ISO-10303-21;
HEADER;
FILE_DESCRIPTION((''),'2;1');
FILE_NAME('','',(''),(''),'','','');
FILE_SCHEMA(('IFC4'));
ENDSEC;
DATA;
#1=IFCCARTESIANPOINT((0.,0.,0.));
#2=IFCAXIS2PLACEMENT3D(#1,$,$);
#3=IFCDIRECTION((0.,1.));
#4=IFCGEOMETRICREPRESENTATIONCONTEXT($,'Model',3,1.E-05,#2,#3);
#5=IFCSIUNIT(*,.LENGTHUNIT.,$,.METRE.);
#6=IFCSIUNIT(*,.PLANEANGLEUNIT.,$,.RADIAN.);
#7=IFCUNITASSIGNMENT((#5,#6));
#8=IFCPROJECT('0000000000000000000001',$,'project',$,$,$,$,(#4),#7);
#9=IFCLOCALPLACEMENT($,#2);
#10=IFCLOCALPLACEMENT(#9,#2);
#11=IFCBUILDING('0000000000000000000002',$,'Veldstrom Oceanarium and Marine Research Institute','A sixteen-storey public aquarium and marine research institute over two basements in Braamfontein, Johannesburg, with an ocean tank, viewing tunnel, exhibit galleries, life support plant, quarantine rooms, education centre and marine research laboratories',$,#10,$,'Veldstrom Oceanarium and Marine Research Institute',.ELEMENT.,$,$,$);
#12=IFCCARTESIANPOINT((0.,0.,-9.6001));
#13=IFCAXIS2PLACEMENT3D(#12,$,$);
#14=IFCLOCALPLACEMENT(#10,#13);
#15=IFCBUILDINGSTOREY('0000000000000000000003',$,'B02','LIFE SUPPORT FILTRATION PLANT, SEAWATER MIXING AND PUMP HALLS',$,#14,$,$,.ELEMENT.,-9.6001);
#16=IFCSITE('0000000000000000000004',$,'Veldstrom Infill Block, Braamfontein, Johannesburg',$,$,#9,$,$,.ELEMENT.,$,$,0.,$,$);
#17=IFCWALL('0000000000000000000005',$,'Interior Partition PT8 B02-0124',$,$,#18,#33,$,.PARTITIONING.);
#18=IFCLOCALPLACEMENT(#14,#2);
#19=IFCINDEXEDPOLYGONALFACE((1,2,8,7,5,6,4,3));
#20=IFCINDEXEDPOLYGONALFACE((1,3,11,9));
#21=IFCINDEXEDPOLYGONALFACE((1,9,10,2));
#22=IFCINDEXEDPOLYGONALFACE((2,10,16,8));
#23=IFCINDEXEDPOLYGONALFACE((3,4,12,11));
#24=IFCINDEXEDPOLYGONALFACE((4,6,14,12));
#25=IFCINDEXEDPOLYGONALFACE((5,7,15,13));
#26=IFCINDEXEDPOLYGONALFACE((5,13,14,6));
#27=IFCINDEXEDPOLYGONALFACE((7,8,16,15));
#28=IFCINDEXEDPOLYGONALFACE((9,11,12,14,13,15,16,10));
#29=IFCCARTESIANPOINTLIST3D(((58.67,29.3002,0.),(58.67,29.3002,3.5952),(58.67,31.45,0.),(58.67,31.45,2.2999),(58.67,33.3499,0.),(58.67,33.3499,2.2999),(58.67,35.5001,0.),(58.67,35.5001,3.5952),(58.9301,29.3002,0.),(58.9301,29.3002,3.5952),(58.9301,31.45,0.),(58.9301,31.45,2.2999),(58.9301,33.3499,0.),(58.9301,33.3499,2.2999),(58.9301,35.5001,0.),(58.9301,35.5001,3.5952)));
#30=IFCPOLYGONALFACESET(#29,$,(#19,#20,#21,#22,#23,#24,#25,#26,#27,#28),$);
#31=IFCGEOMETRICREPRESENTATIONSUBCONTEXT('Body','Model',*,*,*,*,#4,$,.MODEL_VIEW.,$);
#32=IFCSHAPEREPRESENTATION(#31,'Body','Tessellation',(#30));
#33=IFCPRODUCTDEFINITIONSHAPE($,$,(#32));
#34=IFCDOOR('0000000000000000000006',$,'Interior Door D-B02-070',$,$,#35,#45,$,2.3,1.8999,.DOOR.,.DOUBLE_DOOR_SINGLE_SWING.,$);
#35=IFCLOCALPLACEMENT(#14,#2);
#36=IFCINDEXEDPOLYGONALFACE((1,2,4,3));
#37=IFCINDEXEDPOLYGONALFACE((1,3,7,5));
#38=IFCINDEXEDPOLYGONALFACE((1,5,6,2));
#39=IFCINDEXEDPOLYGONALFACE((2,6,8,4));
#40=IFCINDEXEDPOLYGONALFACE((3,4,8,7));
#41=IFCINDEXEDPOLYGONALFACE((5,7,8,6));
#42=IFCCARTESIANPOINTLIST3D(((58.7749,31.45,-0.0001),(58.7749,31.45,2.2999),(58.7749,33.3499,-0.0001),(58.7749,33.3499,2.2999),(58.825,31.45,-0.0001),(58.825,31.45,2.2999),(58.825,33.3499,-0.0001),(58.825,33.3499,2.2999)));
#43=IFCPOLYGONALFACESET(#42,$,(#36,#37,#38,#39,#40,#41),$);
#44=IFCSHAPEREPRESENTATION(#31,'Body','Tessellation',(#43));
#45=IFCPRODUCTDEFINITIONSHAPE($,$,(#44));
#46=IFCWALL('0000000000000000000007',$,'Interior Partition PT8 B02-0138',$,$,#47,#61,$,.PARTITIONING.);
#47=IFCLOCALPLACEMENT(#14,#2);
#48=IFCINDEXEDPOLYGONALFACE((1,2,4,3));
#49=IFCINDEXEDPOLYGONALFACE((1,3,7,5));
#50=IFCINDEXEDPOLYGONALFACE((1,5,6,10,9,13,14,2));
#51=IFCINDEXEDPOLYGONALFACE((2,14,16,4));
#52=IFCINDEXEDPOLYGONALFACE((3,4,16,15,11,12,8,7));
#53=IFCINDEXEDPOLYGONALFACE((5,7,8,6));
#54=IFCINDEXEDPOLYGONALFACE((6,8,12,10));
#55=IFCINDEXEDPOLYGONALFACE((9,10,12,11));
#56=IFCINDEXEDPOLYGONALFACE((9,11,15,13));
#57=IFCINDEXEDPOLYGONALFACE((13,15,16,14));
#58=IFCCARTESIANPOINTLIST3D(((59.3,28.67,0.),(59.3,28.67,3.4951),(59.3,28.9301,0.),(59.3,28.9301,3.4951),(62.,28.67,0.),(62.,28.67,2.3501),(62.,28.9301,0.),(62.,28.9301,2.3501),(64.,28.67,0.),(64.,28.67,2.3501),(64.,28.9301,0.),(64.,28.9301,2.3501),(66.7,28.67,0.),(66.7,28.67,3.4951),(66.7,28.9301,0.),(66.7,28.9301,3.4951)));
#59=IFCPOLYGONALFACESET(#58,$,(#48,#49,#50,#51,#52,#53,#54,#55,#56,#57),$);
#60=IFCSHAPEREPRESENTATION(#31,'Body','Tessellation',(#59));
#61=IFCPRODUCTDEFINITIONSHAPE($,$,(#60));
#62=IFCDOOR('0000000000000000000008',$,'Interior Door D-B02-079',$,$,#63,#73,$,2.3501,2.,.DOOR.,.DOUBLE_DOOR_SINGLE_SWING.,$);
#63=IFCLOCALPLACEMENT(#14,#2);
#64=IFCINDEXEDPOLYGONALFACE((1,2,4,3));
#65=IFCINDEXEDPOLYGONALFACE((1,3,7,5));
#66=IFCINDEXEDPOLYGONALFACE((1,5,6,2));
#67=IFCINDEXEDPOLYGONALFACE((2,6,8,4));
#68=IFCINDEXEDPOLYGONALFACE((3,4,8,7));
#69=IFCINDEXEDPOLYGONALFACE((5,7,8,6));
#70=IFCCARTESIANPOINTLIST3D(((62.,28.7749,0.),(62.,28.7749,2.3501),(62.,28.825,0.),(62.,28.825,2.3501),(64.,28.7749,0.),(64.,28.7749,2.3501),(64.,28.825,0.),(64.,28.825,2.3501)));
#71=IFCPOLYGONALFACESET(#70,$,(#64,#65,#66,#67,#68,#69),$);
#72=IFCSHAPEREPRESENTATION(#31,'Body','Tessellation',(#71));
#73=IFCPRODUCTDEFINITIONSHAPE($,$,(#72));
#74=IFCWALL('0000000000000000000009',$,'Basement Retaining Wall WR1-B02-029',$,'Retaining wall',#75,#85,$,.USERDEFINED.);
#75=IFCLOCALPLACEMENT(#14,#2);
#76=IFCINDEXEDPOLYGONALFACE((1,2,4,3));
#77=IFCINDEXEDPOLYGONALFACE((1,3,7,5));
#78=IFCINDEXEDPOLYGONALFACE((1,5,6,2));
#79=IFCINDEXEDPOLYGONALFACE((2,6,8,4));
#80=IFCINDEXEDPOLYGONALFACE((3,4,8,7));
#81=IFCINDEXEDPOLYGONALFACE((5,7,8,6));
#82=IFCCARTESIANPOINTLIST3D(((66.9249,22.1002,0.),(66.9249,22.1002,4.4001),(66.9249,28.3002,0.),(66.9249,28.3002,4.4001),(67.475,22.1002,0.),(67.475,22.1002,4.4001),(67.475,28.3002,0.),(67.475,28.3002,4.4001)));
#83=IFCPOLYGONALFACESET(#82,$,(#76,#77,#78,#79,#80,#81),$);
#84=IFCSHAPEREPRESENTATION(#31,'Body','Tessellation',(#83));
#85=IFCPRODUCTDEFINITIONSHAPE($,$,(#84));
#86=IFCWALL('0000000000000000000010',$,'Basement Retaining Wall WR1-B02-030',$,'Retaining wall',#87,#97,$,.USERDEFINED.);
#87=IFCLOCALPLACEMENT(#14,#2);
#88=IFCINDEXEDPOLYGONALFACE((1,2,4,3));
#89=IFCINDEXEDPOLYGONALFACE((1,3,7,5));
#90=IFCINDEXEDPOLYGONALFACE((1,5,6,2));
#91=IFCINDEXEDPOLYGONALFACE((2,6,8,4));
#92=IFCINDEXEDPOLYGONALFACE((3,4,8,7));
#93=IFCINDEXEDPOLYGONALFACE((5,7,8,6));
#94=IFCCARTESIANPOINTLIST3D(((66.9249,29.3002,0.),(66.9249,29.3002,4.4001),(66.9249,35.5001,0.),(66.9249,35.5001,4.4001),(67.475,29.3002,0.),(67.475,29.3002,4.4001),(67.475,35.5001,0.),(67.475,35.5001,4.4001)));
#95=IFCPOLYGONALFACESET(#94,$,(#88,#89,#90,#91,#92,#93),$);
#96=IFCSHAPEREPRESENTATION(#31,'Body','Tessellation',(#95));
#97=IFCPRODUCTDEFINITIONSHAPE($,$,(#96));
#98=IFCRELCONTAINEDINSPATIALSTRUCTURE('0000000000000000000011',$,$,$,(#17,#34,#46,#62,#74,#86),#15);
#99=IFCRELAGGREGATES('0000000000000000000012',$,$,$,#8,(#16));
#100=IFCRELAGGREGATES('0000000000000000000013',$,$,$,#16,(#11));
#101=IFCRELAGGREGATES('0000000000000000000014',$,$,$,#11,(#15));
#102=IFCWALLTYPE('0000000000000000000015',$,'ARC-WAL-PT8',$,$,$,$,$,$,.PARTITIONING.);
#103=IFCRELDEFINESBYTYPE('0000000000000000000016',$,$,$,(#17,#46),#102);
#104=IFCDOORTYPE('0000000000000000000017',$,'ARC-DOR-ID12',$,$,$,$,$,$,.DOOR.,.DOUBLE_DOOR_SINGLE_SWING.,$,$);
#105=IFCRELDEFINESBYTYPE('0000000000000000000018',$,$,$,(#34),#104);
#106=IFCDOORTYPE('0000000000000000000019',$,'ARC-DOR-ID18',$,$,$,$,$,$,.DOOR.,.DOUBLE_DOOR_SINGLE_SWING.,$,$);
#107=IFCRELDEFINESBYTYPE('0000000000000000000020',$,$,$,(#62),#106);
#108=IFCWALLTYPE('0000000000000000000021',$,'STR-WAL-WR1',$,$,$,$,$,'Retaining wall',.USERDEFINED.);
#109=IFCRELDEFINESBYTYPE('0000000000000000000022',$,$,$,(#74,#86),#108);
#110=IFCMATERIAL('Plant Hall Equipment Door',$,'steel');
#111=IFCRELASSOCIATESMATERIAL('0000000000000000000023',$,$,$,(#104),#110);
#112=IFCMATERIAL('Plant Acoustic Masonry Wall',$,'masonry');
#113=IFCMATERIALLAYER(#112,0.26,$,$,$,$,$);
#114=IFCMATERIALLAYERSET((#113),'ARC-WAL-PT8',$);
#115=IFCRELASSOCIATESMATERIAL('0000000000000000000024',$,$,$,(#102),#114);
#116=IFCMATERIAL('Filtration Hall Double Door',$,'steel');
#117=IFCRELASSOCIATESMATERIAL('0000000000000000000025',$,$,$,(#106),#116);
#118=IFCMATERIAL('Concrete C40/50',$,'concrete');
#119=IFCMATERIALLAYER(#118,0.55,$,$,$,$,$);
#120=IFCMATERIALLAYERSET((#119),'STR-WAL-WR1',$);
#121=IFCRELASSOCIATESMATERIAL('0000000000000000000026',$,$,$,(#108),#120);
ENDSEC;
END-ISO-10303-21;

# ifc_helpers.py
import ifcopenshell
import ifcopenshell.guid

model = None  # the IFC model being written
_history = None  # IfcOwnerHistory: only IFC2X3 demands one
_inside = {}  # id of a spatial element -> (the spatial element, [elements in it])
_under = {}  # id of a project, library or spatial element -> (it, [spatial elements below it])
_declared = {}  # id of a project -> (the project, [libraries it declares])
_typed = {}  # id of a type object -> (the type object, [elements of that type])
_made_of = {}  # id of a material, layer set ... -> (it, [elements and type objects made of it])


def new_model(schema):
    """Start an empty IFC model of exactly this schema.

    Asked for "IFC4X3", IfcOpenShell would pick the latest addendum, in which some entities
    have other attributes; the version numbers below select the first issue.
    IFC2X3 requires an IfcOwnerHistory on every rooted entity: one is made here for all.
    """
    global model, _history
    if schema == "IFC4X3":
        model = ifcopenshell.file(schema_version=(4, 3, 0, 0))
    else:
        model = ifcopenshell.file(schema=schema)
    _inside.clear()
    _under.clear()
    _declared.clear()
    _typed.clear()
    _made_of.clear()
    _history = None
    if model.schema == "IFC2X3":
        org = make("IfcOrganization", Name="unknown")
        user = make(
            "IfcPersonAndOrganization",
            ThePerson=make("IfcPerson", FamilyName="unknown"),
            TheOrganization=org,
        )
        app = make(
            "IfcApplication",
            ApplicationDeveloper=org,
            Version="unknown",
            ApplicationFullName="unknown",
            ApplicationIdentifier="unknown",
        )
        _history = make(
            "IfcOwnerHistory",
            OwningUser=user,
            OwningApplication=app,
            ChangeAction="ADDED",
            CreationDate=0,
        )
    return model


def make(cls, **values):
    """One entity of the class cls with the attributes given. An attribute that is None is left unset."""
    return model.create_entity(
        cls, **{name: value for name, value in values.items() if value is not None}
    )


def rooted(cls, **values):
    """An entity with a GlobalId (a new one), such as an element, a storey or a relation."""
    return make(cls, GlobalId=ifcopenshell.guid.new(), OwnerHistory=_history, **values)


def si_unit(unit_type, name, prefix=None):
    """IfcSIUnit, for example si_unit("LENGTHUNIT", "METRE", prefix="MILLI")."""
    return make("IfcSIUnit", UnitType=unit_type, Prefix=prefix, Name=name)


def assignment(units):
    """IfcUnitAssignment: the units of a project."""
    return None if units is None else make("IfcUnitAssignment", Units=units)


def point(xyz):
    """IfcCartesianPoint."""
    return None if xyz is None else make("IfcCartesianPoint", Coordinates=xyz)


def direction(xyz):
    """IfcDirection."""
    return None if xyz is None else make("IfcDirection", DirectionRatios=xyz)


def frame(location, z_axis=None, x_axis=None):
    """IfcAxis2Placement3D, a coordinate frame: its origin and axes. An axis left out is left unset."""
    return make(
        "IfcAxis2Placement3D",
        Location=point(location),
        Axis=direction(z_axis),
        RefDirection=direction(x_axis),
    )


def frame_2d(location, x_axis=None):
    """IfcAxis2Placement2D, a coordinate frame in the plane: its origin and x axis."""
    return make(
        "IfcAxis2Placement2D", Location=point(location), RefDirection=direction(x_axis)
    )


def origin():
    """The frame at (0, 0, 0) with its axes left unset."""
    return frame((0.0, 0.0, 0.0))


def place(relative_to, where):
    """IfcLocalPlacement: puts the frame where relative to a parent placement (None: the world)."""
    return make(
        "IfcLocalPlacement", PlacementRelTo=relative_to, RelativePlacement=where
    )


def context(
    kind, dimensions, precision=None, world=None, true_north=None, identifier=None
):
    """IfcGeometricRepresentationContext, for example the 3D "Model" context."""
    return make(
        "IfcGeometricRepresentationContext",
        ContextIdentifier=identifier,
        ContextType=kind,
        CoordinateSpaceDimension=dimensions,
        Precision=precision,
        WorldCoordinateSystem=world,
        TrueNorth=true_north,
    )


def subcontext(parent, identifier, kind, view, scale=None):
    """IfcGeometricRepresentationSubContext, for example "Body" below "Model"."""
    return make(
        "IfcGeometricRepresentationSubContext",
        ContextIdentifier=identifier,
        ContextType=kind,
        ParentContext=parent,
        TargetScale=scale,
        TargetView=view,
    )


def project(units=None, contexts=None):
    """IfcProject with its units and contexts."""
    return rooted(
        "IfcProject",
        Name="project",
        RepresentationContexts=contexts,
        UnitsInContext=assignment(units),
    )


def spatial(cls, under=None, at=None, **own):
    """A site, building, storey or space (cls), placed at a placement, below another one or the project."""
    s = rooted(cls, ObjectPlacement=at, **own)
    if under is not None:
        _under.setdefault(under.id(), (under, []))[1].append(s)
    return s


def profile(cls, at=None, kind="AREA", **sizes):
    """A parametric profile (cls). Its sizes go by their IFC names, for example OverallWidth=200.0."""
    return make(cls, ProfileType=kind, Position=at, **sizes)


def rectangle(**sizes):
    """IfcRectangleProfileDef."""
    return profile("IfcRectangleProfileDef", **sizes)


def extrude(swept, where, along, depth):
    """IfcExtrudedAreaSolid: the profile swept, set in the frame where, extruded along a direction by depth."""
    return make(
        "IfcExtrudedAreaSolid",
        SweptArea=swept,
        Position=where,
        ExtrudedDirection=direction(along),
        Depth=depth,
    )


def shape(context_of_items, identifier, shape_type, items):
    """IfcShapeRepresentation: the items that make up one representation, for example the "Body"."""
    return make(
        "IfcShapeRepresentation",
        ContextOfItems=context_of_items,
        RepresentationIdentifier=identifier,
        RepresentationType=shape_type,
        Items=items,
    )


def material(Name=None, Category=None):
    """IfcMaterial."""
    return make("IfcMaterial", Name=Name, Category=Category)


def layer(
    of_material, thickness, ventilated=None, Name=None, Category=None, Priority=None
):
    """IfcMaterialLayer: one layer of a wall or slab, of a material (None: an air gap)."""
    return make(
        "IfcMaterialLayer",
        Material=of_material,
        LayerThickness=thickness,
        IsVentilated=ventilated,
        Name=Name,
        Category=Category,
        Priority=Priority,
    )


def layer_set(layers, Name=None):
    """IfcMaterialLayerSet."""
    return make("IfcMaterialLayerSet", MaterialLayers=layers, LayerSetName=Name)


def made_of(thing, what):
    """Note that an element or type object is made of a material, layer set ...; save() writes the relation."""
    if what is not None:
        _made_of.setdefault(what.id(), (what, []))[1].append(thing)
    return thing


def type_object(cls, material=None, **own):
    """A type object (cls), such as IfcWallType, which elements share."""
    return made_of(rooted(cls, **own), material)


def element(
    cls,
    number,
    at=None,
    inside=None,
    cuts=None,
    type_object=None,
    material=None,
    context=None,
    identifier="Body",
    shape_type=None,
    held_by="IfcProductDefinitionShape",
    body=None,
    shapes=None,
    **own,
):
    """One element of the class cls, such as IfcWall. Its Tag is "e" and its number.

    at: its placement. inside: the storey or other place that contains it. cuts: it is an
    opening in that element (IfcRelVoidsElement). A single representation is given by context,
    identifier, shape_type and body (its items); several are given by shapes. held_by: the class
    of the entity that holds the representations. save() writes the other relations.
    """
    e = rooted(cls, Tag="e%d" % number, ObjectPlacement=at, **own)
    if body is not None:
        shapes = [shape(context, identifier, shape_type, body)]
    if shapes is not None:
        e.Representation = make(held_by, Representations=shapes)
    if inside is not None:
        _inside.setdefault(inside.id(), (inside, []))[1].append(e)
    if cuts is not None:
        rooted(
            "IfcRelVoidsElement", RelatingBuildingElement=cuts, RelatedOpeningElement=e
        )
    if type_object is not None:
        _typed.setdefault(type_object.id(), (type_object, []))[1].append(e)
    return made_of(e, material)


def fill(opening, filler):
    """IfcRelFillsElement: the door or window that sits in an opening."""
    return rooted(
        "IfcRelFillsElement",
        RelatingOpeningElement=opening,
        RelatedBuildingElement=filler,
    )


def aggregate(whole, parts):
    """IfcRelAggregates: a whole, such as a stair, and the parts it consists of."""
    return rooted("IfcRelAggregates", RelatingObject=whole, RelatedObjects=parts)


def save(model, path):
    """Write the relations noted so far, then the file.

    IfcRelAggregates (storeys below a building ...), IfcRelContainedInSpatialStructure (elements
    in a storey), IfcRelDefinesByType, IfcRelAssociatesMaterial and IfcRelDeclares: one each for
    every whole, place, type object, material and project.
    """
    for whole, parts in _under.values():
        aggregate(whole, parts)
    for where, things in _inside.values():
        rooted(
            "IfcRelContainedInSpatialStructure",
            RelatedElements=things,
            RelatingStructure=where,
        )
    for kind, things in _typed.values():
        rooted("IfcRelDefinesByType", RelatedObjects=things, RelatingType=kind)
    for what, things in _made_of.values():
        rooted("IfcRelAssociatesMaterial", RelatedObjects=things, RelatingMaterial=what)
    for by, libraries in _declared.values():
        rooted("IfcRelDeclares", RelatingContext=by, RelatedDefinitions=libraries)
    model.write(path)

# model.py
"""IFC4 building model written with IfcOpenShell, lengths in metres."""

from ifc_helpers import new_model, si_unit, direction, frame, frame_2d, origin, place, context, subcontext, project, spatial, rectangle, extrude, material, layer, layer_set, type_object, element, fill, save


model = new_model("IFC4")

# Units and contexts
model_context = context("Model", 3, precision=1e-05, world=origin(), true_north=direction((0.0, 1.0)))
body_context = subcontext(model_context, "Body", "Model", "MODEL_VIEW")
ifc_project = project(units=[si_unit("LENGTHUNIT", "METRE"), si_unit("PLANEANGLEUNIT", "RADIAN")], contexts=[model_context])

# Site, building, storey
site_placement = place(None, origin())
site = spatial("IfcSite", under=ifc_project, at=site_placement, Name="Veldstrom Infill Block, Braamfontein, Johannesburg", CompositionType="ELEMENT", RefElevation=0.0)
building_placement = place(site_placement, origin())
building = spatial("IfcBuilding", under=site, at=building_placement, Name="Veldstrom Oceanarium and Marine Research Institute", Description="A sixteen-storey public aquarium and marine research institute over two basements in Braamfontein, Johannesburg, with an ocean tank, viewing tunnel, exhibit galleries, life support plant, quarantine rooms, education centre and marine research laboratories", LongName="Veldstrom Oceanarium and Marine Research Institute", CompositionType="ELEMENT")
storey_placement = place(building_placement, frame((0.0, 0.0, -9.6001)))
storey = spatial("IfcBuildingStorey", under=building, at=storey_placement, Name="B02", Description="LIFE SUPPORT FILTRATION PLANT, SEAWATER MIXING AND PUMP HALLS", CompositionType="ELEMENT", Elevation=-9.6001)

# Walls, openings, doors
ifc_material_1 = material(Name="Plant Hall Equipment Door", Category="steel")
door_type_1 = type_object("IfcDoorType", Name="ARC-DOR-ID12", OperationType="DOUBLE_DOOR_SINGLE_SWING", PredefinedType="DOOR", material=ifc_material_1)
ifc_material_2 = material(Name="Plant Acoustic Masonry Wall", Category="masonry")
ifc_layer_1 = layer(ifc_material_2, 0.26)
ifc_layer_set_1 = layer_set([ifc_layer_1], Name="ARC-WAL-PT8")
wall_type_1 = type_object("IfcWallType", Name="ARC-WAL-PT8", PredefinedType="PARTITIONING", material=ifc_layer_set_1)
wall_1_placement = place(storey_placement, frame((58.8, 29.3, 0.0), z_axis=(0.0, 0.0, 1.0), x_axis=(0.0, 1.0, 0.0)))
wall_1 = element("IfcWall", 1, at=wall_1_placement, inside=storey, type_object=wall_type_1, Name="Interior Partition PT8 B02-0124", PredefinedType="PARTITIONING", context=body_context, shape_type="SweptSolid", body=[
    extrude(rectangle(XDim=6.2, YDim=0.26, at=frame_2d((3.1001, 0.0))), origin(), (0.0, 0.0, 1.0), 3.5952),
])
opening_1_placement = place(wall_1_placement, frame((2.1499, 0.0, 0.0)))
opening_1 = element("IfcOpeningElement", 2, at=opening_1_placement, cuts=wall_1, PredefinedType="OPENING", context=body_context, shape_type="SweptSolid", body=[
    extrude(rectangle(XDim=1.8999, YDim=2.3, at=frame_2d((0.95, 1.1499))), frame((0.0, 0.1399, 0.0), z_axis=(0.0, -1.0, 0.0), x_axis=(1.0, 0.0, 0.0)), (0.0, 0.0, 1.0), 0.28),
])
door_1_placement = place(opening_1_placement, frame((1.8999, 0.0, 0.0), z_axis=(0.0, 0.0, 1.0), x_axis=(-1.0, 0.0, 0.0)))
door_1 = element("IfcDoor", 3, at=door_1_placement, inside=storey, type_object=door_type_1, Name="Interior Door D-B02-070", OperationType="DOUBLE_DOOR_SINGLE_SWING", OverallHeight=2.3, OverallWidth=1.8999, PredefinedType="DOOR", context=body_context, shape_type="SweptSolid", body=[
    extrude(rectangle(XDim=1.8999, YDim=2.3, at=frame_2d((0.95, 1.1499))), frame((0.0, 0.0249, 0.0), z_axis=(0.0, -1.0, 0.0), x_axis=(1.0, 0.0, 0.0)), (0.0, 0.0, 1.0), 0.05),
])
fill(opening_1, door_1)
wall_2_placement = place(storey_placement, frame((59.3, 28.8, 0.0), z_axis=(0.0, 0.0, 1.0), x_axis=(1.0, 0.0, 0.0)))
wall_2 = element("IfcWall", 4, at=wall_2_placement, inside=storey, type_object=wall_type_1, Name="Interior Partition PT8 B02-0138", PredefinedType="PARTITIONING", context=body_context, shape_type="SweptSolid", body=[
    extrude(rectangle(XDim=7.3999, YDim=0.26, at=frame_2d((3.7, 0.0))), origin(), (0.0, 0.0, 1.0), 3.4951),
])
opening_2_placement = place(wall_2_placement, frame((2.7, 0.0, 0.0)))
opening_2 = element("IfcOpeningElement", 5, at=opening_2_placement, cuts=wall_2, PredefinedType="OPENING", context=body_context, shape_type="SweptSolid", body=[
    extrude(rectangle(XDim=2.0, YDim=2.3501, at=frame_2d((1.0, 1.175))), frame((0.0, 0.1399, 0.0), z_axis=(0.0, -1.0, 0.0), x_axis=(1.0, 0.0, 0.0)), (0.0, 0.0, 1.0), 0.28),
])
ifc_material_3 = material(Name="Filtration Hall Double Door", Category="steel")
door_type_2 = type_object("IfcDoorType", Name="ARC-DOR-ID18", OperationType="DOUBLE_DOOR_SINGLE_SWING", PredefinedType="DOOR", material=ifc_material_3)
door_2_placement = place(opening_2_placement, origin())
door_2 = element("IfcDoor", 6, at=door_2_placement, inside=storey, type_object=door_type_2, Name="Interior Door D-B02-079", OperationType="DOUBLE_DOOR_SINGLE_SWING", OverallHeight=2.3501, OverallWidth=2.0, PredefinedType="DOOR", context=body_context, shape_type="SweptSolid", body=[
    extrude(rectangle(XDim=2.0, YDim=2.3501, at=frame_2d((1.0, 1.175))), frame((0.0, 0.0249, 0.0), z_axis=(0.0, -1.0, 0.0), x_axis=(1.0, 0.0, 0.0)), (0.0, 0.0, 1.0), 0.05),
])
fill(opening_2, door_2)

# Walls
ifc_material_4 = material(Name="Concrete C40/50", Category="concrete")
ifc_layer_2 = layer(ifc_material_4, 0.55)
ifc_layer_set_2 = layer_set([ifc_layer_2], Name="STR-WAL-WR1")
wall_type_2 = type_object("IfcWallType", Name="STR-WAL-WR1", ElementType="Retaining wall", PredefinedType="USERDEFINED", material=ifc_layer_set_2)
for number, where, z_axis, x_axis, name in (
    (7, (67.2, 22.1001, 0.0), (0.0, 0.0, 1.0), (0.0, 1.0, 0.0), "Basement Retaining Wall WR1-B02-029"),
    (8, (67.2, 29.3, 0.0), (0.0, 0.0, 1.0), (0.0, 1.0, 0.0), "Basement Retaining Wall WR1-B02-030"),
):
    element("IfcWall", number, at=place(storey_placement, frame(where, z_axis=z_axis, x_axis=x_axis)), inside=storey, type_object=wall_type_2, Name=name, ObjectType="Retaining wall", PredefinedType="USERDEFINED", context=body_context, shape_type="SweptSolid", body=[
        extrude(rectangle(XDim=6.2, YDim=0.55, at=frame_2d((3.1001, 0.0))), origin(), (0.0, 0.0, 1.0), 4.4001),
    ])

save(model, "model.ifc")
